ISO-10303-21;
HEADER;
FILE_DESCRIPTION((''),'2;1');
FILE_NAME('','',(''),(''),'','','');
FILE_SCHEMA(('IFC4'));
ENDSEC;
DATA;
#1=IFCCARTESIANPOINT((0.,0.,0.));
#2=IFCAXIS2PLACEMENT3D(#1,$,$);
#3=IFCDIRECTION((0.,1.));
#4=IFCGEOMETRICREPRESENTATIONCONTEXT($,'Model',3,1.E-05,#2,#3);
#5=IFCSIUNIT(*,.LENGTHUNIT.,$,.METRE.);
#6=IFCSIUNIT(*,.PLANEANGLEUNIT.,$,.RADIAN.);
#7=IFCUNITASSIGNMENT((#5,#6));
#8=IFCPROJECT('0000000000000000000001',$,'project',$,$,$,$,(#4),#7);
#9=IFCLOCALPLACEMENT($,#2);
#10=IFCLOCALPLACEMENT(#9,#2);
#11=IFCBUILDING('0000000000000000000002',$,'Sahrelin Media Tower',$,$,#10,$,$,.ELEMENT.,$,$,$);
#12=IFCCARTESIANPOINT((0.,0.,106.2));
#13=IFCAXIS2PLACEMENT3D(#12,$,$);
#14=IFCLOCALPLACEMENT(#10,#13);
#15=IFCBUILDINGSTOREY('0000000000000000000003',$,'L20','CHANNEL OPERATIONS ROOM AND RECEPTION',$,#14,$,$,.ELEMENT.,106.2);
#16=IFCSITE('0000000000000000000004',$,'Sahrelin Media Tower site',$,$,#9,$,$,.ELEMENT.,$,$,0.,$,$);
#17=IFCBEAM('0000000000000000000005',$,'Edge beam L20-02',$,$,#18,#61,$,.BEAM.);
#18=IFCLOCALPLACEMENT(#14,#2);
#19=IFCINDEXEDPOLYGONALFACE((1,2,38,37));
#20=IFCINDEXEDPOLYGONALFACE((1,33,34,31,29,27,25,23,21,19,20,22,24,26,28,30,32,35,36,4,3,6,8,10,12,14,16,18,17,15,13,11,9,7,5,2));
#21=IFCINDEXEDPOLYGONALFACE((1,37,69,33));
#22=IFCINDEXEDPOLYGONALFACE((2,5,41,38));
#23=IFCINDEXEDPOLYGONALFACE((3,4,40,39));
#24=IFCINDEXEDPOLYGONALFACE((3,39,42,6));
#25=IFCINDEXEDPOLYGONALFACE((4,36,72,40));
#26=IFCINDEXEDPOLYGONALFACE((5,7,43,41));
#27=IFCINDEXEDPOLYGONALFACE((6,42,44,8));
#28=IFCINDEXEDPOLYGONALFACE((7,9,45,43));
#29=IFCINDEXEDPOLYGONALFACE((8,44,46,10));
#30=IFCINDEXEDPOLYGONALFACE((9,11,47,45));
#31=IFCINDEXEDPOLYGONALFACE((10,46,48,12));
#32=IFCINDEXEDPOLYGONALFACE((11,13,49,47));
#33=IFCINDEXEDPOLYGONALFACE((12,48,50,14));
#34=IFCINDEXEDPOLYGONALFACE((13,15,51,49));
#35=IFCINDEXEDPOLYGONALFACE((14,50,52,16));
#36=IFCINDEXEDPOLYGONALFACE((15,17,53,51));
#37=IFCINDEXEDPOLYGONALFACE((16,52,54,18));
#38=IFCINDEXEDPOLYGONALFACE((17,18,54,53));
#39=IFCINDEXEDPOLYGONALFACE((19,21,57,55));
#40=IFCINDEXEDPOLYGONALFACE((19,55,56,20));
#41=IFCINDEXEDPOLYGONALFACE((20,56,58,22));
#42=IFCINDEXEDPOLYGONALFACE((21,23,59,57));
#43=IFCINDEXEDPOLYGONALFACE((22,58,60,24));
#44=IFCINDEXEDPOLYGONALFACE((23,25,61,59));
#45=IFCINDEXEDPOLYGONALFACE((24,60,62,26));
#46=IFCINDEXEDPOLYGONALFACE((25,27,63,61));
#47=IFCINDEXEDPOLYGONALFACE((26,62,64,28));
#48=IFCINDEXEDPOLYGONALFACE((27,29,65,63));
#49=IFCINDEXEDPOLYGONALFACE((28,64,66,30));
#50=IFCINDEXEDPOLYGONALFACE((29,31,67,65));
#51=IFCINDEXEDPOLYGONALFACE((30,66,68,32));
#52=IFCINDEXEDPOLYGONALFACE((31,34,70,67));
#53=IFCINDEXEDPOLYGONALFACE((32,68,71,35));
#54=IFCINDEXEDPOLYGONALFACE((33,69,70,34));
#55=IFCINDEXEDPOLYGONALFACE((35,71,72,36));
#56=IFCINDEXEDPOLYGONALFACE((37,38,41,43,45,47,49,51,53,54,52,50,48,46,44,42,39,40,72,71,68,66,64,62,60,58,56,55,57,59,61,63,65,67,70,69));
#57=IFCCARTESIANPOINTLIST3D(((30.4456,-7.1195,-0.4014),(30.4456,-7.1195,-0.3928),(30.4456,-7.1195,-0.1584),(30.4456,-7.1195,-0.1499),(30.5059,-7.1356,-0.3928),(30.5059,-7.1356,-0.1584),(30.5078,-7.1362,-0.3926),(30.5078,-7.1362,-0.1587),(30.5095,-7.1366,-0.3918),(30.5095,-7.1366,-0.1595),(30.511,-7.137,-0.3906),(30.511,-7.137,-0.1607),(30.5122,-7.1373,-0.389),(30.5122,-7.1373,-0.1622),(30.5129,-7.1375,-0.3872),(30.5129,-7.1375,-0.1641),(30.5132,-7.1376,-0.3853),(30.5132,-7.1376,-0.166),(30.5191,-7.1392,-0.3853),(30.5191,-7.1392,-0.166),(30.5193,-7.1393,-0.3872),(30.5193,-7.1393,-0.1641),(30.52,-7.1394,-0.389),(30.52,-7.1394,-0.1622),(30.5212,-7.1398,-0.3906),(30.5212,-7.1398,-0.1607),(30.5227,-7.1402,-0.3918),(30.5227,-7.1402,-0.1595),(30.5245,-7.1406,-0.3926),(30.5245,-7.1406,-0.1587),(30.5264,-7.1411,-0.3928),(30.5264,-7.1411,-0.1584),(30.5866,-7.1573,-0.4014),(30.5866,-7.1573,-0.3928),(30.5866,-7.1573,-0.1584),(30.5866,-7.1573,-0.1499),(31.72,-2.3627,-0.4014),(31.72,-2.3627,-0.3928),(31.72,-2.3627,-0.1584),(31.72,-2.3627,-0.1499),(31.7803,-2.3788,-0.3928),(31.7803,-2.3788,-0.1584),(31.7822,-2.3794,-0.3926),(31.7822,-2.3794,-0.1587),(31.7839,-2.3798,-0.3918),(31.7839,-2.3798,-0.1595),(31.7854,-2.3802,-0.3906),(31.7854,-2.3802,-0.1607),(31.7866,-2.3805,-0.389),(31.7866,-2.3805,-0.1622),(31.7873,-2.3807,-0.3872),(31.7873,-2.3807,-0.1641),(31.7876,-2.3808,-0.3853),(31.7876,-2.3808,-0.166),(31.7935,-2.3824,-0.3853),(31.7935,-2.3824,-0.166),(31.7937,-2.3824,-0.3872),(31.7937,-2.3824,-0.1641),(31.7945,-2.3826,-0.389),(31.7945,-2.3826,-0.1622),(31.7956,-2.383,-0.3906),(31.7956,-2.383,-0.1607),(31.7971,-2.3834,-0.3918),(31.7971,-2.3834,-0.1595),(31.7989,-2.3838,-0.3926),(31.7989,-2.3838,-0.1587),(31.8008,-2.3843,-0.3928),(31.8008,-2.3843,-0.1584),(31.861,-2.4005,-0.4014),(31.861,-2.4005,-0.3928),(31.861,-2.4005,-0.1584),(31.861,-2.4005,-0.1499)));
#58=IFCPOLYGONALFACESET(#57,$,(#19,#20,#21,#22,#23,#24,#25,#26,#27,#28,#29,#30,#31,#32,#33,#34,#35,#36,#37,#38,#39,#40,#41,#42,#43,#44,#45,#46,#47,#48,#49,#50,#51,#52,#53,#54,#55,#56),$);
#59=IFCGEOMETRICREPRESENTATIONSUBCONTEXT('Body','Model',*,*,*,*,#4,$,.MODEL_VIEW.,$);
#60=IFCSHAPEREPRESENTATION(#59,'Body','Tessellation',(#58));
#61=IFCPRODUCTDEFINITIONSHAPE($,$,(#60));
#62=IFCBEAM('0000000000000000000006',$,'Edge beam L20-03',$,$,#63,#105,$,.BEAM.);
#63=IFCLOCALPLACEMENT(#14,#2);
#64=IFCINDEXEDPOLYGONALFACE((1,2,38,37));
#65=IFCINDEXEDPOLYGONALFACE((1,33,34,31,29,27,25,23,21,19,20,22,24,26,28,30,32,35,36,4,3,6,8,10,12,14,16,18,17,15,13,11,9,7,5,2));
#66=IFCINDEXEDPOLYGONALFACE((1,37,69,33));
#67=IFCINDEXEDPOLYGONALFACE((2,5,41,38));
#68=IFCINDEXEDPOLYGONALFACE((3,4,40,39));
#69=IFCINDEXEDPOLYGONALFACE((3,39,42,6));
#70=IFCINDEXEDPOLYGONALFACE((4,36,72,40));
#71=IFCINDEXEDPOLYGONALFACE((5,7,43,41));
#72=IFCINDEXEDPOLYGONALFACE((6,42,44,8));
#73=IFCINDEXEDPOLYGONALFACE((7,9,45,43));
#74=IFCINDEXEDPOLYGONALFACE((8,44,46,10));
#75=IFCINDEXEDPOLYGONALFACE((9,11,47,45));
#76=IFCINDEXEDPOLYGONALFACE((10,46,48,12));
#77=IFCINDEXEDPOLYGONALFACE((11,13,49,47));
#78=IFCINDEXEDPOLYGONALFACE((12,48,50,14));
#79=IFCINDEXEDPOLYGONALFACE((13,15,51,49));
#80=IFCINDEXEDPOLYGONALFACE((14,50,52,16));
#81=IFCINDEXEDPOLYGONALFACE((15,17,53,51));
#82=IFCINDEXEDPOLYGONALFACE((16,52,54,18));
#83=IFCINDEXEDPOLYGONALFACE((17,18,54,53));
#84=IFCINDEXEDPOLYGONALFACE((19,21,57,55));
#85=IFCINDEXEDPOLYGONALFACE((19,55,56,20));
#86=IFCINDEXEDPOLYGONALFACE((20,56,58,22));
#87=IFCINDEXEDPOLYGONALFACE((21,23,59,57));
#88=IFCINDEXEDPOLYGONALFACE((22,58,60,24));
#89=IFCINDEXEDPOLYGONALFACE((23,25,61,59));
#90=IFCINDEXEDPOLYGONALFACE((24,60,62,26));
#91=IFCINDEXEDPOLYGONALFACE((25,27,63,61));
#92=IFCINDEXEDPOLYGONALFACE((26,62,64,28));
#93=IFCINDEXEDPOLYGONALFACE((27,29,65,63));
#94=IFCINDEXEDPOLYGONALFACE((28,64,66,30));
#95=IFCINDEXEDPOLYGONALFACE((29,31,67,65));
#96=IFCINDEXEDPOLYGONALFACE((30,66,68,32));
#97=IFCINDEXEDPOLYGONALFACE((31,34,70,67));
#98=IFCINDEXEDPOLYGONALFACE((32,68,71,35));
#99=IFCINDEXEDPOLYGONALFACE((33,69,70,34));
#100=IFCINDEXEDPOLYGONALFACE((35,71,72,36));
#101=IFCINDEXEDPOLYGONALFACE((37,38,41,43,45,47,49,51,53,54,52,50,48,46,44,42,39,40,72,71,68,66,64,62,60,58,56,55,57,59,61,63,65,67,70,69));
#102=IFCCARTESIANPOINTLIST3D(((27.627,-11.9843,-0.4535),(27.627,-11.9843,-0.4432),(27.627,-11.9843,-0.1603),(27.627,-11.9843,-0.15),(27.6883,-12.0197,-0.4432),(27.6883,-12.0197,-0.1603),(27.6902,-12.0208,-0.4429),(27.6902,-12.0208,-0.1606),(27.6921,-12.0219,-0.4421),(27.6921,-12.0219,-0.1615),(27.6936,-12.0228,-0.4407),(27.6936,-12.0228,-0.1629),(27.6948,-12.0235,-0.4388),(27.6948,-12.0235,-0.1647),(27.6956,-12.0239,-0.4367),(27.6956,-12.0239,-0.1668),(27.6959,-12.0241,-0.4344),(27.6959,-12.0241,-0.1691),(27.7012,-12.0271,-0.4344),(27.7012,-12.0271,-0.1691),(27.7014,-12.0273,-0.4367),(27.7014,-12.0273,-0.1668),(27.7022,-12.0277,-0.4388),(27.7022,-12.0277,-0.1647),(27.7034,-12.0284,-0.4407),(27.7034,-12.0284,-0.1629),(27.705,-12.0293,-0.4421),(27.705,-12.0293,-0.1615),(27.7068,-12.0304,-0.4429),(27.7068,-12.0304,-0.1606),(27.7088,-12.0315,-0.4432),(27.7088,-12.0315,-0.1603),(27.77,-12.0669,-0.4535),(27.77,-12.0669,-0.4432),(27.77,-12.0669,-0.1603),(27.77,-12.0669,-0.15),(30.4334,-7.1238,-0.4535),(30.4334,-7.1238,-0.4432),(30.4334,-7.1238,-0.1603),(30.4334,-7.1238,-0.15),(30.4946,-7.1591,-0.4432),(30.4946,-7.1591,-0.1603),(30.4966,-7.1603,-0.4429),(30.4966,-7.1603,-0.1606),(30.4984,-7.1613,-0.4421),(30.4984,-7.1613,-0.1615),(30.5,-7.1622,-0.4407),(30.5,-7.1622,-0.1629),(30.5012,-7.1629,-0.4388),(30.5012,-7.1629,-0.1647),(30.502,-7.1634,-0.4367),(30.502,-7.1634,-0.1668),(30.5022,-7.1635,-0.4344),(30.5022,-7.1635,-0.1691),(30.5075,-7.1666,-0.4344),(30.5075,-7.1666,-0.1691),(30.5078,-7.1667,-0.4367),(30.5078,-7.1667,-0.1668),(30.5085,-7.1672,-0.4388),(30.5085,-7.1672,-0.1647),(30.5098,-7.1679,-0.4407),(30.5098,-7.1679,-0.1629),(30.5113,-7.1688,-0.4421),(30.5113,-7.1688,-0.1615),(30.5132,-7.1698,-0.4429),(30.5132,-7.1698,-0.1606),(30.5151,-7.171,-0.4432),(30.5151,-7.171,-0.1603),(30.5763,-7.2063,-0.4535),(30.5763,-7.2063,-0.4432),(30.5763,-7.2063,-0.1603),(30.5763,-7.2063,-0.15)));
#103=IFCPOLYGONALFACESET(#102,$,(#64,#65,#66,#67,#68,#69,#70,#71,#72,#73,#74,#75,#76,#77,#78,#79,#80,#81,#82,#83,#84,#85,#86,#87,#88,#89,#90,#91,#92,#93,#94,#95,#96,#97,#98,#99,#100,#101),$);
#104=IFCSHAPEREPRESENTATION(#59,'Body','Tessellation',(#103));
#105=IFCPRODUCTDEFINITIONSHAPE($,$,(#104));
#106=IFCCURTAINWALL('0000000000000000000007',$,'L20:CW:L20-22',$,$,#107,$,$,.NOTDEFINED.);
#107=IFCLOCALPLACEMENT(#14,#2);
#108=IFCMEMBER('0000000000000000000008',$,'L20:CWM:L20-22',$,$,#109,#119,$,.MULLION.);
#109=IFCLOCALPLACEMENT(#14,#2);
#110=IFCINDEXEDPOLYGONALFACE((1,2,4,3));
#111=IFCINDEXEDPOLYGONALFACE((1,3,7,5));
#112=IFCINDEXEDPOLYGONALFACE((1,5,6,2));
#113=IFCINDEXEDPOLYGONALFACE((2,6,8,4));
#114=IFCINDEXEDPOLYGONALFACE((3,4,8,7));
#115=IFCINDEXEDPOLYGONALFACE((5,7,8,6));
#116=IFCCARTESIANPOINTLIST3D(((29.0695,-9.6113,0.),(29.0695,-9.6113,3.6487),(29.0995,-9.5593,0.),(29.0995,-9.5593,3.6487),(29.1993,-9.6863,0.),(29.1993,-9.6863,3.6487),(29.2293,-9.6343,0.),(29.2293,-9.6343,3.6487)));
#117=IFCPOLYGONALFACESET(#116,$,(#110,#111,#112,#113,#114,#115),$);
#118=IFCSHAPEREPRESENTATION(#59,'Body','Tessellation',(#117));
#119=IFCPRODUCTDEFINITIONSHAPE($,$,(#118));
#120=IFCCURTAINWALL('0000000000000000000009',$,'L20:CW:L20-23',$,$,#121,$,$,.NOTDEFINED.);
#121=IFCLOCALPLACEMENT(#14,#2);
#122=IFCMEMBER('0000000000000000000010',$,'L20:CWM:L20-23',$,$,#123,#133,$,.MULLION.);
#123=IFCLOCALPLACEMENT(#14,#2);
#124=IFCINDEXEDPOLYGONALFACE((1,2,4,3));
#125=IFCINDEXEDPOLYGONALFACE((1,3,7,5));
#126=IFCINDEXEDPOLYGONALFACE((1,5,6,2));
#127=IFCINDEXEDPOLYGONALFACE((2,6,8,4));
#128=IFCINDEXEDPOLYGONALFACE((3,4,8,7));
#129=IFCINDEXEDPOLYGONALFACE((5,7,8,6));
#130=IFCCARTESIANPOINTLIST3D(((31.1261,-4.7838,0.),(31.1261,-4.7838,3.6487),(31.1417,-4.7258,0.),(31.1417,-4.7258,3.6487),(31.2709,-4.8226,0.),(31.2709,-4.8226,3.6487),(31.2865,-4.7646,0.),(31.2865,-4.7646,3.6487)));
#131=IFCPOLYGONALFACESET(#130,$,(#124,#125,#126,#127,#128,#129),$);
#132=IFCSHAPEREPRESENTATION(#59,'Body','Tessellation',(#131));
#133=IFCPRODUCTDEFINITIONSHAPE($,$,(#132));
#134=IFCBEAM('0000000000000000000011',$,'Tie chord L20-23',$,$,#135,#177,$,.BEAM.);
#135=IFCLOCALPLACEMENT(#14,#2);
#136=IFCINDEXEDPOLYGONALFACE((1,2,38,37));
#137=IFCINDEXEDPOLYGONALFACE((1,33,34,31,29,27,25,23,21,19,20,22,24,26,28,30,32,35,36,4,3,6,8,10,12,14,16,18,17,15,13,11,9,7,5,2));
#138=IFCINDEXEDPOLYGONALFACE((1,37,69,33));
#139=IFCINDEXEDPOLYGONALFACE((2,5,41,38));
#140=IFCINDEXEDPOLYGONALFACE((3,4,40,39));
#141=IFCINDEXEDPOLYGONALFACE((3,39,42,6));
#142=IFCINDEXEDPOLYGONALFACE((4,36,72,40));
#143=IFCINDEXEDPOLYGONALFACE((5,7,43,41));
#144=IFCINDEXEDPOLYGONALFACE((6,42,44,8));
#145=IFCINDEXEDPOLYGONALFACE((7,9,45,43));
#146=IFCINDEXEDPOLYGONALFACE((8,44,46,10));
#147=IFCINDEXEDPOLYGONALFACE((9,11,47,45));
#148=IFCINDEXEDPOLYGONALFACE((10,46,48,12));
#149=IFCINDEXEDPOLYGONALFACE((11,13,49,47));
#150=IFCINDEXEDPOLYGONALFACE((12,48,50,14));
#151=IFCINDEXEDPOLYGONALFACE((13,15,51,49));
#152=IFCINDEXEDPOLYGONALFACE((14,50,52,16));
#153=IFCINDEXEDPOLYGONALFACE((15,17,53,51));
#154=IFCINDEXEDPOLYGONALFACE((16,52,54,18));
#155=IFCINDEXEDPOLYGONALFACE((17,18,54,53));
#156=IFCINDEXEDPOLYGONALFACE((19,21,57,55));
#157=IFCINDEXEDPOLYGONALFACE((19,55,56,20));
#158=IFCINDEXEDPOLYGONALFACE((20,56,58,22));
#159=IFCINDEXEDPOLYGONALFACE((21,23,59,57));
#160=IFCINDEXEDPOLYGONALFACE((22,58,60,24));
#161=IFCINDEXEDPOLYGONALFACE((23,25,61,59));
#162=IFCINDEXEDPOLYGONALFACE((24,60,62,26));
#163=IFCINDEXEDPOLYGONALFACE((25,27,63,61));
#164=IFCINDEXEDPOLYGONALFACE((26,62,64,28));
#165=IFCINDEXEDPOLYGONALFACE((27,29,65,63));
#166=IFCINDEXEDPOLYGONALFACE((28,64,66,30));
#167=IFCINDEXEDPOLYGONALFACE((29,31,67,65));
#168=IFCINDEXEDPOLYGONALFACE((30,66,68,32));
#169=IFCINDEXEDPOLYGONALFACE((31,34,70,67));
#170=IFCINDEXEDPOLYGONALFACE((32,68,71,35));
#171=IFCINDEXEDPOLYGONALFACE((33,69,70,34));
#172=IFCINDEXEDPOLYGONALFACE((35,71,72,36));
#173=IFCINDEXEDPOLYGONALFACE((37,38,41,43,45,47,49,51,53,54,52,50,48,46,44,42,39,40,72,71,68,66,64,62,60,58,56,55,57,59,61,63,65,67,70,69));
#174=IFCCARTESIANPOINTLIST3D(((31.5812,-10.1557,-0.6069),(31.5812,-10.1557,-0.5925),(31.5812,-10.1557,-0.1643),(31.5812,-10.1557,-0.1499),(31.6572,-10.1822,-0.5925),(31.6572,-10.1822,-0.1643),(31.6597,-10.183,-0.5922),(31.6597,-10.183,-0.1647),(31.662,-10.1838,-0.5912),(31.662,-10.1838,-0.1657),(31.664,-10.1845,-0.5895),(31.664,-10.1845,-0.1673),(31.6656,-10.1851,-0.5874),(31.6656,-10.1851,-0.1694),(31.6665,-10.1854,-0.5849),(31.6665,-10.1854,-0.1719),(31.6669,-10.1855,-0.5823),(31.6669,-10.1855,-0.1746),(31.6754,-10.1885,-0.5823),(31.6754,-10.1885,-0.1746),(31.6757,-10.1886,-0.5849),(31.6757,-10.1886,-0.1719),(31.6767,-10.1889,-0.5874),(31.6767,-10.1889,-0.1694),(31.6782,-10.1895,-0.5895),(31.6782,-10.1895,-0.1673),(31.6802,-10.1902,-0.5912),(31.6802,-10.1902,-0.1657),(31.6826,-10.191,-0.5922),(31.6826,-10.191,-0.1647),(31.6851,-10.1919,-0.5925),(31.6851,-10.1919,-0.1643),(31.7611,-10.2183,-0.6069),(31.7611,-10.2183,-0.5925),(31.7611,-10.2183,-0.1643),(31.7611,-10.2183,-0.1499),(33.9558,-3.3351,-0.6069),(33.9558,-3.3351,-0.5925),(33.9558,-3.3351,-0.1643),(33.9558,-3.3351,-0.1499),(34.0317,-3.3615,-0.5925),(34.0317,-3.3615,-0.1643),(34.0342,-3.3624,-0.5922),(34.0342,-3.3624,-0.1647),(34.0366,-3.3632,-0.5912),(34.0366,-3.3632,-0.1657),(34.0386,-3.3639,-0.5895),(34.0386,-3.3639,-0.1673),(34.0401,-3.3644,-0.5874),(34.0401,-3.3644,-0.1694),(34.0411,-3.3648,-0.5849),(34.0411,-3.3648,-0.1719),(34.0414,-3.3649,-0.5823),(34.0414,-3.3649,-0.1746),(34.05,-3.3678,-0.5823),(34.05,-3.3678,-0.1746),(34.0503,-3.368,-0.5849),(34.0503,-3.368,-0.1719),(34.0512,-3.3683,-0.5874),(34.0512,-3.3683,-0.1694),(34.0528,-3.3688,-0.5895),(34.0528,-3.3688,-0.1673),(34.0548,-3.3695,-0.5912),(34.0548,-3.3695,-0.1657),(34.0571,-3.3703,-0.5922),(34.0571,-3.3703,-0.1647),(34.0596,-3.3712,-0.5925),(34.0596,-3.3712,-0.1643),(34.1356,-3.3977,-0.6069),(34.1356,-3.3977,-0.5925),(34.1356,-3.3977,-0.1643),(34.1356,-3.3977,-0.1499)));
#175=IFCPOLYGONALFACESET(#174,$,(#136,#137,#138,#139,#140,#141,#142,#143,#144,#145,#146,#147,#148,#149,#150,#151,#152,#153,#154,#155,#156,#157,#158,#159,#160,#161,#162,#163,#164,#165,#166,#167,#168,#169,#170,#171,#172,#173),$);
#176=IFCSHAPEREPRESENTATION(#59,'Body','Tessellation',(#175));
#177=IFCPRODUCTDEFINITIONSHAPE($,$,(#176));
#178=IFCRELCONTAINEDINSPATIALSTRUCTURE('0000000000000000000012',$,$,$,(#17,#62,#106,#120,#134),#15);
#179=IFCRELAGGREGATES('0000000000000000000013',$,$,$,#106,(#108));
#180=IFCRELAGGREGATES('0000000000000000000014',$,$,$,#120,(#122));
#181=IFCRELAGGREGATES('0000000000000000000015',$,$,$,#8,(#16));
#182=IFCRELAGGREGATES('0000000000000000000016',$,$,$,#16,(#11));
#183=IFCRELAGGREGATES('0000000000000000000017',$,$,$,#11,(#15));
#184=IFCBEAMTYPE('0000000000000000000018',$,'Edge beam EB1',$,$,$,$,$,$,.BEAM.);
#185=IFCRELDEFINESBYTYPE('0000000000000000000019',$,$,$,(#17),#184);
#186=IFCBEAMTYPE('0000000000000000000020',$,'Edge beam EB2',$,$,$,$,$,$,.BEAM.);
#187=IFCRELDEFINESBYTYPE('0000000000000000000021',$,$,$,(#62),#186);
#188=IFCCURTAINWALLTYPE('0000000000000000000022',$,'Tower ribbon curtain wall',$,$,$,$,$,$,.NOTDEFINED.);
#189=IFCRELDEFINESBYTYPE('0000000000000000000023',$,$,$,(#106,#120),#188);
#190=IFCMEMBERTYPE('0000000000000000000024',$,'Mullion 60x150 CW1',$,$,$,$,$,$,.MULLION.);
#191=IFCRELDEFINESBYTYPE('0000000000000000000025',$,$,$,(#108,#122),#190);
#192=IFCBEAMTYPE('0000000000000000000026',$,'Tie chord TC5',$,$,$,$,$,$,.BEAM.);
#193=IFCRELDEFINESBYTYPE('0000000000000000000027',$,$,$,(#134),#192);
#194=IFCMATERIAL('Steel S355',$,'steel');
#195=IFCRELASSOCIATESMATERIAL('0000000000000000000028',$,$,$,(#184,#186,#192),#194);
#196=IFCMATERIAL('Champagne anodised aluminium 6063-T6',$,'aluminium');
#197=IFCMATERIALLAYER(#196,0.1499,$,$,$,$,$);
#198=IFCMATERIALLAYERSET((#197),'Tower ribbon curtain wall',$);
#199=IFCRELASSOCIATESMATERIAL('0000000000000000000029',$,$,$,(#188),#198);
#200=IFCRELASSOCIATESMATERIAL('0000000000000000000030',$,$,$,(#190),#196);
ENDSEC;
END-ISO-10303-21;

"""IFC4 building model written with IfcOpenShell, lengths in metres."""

from ifc_helpers import new_model, si_unit, direction, frame, origin, origin_2d, place, context, subcontext, project, spatial, rectangle, i_section, extrude, material, layer, layer_set, material_profile, profile_set, type_object, element, aggregate, save


model = new_model("IFC4")

# Units and contexts
model_context = context("Model", 3, precision=1e-05, world=origin(), true_north=direction((0.0, 1.0)))
body_context = subcontext(model_context, "Body", "Model", "MODEL_VIEW")
ifc_project = project(units=[si_unit("LENGTHUNIT", "METRE"), si_unit("PLANEANGLEUNIT", "RADIAN")], contexts=[model_context])

# Site, building, storey
site_placement = place(None, origin())
site = spatial("IfcSite", under=ifc_project, at=site_placement, Name="Sahrelin Media Tower site", CompositionType="ELEMENT", RefElevation=0.0)
building_placement = place(site_placement, origin())
building = spatial("IfcBuilding", under=site, at=building_placement, Name="Sahrelin Media Tower", CompositionType="ELEMENT")
storey_placement = place(building_placement, frame((0.0, 0.0, 106.2)))
storey = spatial("IfcBuildingStorey", under=building, at=storey_placement, Name="L20", Description="CHANNEL OPERATIONS ROOM AND RECEPTION", CompositionType="ELEMENT", Elevation=106.2)

# Beams
ifc_material_1 = material(Name="Steel S355", Category="steel")
ifc_material_profile_1 = material_profile(ifc_material_1, i_section(OverallWidth=0.146, OverallDepth=0.2515, WebThickness=0.0061, FlangeThickness=0.0085, FilletRadius=0.0076, at=origin_2d()), Name="UB 254x146x31")
ifc_profile_set_1 = profile_set([ifc_material_profile_1], Name="Steel S355")
beam_type_1 = type_object("IfcBeamType", Name="Edge beam EB1", PredefinedType="BEAM", material=ifc_profile_set_1)
beam_1_placement = place(storey_placement, frame((31.7905, -2.3816, -0.2756), z_axis=(-0.258786, -0.965935, 0.0), x_axis=(0.965935, -0.258786, 0.0)))
element("IfcBeam", 1, at=beam_1_placement, inside=storey, type_object=beam_type_1, Name="Edge beam L20-02", PredefinedType="BEAM", context=body_context, shape_type="SweptSolid", body=[
    extrude(i_section(OverallWidth=0.146, OverallDepth=0.2515, WebThickness=0.0061, FlangeThickness=0.0085, FilletRadius=0.0076, at=origin_2d()), origin(), (0.0, 0.0, 1.0), 4.9246),
])
ifc_material_profile_2 = material_profile(ifc_material_1, i_section(OverallWidth=0.165, OverallDepth=0.3035, WebThickness=0.0061, FlangeThickness=0.0103, FilletRadius=0.0088, at=origin_2d()), Name="UB 305x165x40")
ifc_profile_set_2 = profile_set([ifc_material_profile_2], Name="Steel S355")
beam_type_2 = type_object("IfcBeamType", Name="Edge beam EB2", PredefinedType="BEAM", material=ifc_profile_set_2)
beam_2_placement = place(storey_placement, frame((30.5049, -7.165, -0.3018), z_axis=(-0.500017, -0.866015, 0.0), x_axis=(0.866015, -0.500017, 0.0)))
element("IfcBeam", 2, at=beam_2_placement, inside=storey, type_object=beam_type_2, Name="Edge beam L20-03", PredefinedType="BEAM", context=body_context, shape_type="SweptSolid", body=[
    extrude(i_section(OverallWidth=0.165, OverallDepth=0.3035, WebThickness=0.0061, FlangeThickness=0.0103, FilletRadius=0.0088, at=origin_2d()), origin(), (0.0, 0.0, 1.0), 5.6125),
])

# Curtain walls, members
ifc_material_2 = material(Name="Champagne anodised aluminium 6063-T6", Category="aluminium")
ifc_layer_1 = layer(ifc_material_2, 0.1499)
ifc_layer_set_1 = layer_set([ifc_layer_1], Name="Tower ribbon curtain wall")
curtain_wall_type = type_object("IfcCurtainWallType", Name="Tower ribbon curtain wall", PredefinedType="NOTDEFINED", material=ifc_layer_set_1)
curtain_wall_1_placement = place(storey_placement, frame((29.2317, -9.6704, 0.0), z_axis=(0.0, 0.0, 1.0), x_axis=(1.0, 0.0, 0.0)))
curtain_wall_1 = element("IfcCurtainWall", 3, at=curtain_wall_1_placement, inside=storey, type_object=curtain_wall_type, Name="L20:CW:L20-22", PredefinedType="NOTDEFINED")
ifc_material_profile_3 = material_profile(ifc_material_2, rectangle(XDim=0.0601, YDim=0.1499, at=origin_2d()), Name="Mullion 60x150")
ifc_profile_set_3 = profile_set([ifc_material_profile_3], Name="Champagne anodised aluminium 6063-T6")
member_type_1 = type_object("IfcMemberType", Name="Mullion 60x150 CW1", PredefinedType="MULLION", material=ifc_profile_set_3)
member_1_placement = place(storey_placement, frame((29.1494, -9.6228, 0.0), z_axis=(0.0, 0.0, 1.0), x_axis=(0.500005, 0.866023, 0.0)))
member_1 = element("IfcMember", 4, at=member_1_placement, type_object=member_type_1, Name="L20:CWM:L20-22", PredefinedType="MULLION", context=body_context, shape_type="SweptSolid", body=[
    extrude(rectangle(XDim=0.0601, YDim=0.1499, at=origin_2d()), origin(), (0.0, 0.0, 1.0), 3.6487),
])
aggregate(curtain_wall_1, [member_1])
curtain_wall_2_placement = place(storey_placement, frame((31.2981, -4.7986, 0.0), z_axis=(0.0, 0.0, 1.0), x_axis=(1.0, 0.0, 0.0)))
curtain_wall_2 = element("IfcCurtainWall", 5, at=curtain_wall_2_placement, inside=storey, type_object=curtain_wall_type, Name="L20:CW:L20-23", PredefinedType="NOTDEFINED")
member_2_placement = place(storey_placement, frame((31.2063, -4.7742, 0.0), z_axis=(0.0, 0.0, 1.0), x_axis=(0.258811, 0.965928, 0.0)))
member_2 = element("IfcMember", 6, at=member_2_placement, type_object=member_type_1, Name="L20:CWM:L20-23", PredefinedType="MULLION", context=body_context, shape_type="SweptSolid", body=[
    extrude(rectangle(XDim=0.0601, YDim=0.1499, at=origin_2d()), origin(), (0.0, 0.0, 1.0), 3.6487),
])

# Beam
ifc_material_profile_4 = material_profile(ifc_material_1, i_section(OverallWidth=0.1904, OverallDepth=0.457, WebThickness=0.009, FlangeThickness=0.0144, FilletRadius=0.0103, at=origin_2d()), Name="UB 457x191x74")
ifc_profile_set_4 = profile_set([ifc_material_profile_4], Name="Steel S355")
beam_type_3 = type_object("IfcBeamType", Name="Tie chord TC5", PredefinedType="BEAM", material=ifc_profile_set_4)
beam_3_placement = place(storey_placement, frame((31.6711, -10.187, -0.3784), z_axis=(0.328785, 0.944405, 0.0), x_axis=(-0.944405, 0.328785, 0.0)))
element("IfcBeam", 7, at=beam_3_placement, inside=storey, type_object=beam_type_3, Name="Tie chord L20-23", PredefinedType="BEAM", context=body_context, shape_type="SweptSolid", body=[
    extrude(i_section(OverallWidth=0.1904, OverallDepth=0.457, WebThickness=0.009, FlangeThickness=0.0144, FilletRadius=0.0103, at=origin_2d()), origin(), (0.0, 0.0, 1.0), 7.2222),
])

aggregate(curtain_wall_2, [member_2])

save(model, "model.ifc")
